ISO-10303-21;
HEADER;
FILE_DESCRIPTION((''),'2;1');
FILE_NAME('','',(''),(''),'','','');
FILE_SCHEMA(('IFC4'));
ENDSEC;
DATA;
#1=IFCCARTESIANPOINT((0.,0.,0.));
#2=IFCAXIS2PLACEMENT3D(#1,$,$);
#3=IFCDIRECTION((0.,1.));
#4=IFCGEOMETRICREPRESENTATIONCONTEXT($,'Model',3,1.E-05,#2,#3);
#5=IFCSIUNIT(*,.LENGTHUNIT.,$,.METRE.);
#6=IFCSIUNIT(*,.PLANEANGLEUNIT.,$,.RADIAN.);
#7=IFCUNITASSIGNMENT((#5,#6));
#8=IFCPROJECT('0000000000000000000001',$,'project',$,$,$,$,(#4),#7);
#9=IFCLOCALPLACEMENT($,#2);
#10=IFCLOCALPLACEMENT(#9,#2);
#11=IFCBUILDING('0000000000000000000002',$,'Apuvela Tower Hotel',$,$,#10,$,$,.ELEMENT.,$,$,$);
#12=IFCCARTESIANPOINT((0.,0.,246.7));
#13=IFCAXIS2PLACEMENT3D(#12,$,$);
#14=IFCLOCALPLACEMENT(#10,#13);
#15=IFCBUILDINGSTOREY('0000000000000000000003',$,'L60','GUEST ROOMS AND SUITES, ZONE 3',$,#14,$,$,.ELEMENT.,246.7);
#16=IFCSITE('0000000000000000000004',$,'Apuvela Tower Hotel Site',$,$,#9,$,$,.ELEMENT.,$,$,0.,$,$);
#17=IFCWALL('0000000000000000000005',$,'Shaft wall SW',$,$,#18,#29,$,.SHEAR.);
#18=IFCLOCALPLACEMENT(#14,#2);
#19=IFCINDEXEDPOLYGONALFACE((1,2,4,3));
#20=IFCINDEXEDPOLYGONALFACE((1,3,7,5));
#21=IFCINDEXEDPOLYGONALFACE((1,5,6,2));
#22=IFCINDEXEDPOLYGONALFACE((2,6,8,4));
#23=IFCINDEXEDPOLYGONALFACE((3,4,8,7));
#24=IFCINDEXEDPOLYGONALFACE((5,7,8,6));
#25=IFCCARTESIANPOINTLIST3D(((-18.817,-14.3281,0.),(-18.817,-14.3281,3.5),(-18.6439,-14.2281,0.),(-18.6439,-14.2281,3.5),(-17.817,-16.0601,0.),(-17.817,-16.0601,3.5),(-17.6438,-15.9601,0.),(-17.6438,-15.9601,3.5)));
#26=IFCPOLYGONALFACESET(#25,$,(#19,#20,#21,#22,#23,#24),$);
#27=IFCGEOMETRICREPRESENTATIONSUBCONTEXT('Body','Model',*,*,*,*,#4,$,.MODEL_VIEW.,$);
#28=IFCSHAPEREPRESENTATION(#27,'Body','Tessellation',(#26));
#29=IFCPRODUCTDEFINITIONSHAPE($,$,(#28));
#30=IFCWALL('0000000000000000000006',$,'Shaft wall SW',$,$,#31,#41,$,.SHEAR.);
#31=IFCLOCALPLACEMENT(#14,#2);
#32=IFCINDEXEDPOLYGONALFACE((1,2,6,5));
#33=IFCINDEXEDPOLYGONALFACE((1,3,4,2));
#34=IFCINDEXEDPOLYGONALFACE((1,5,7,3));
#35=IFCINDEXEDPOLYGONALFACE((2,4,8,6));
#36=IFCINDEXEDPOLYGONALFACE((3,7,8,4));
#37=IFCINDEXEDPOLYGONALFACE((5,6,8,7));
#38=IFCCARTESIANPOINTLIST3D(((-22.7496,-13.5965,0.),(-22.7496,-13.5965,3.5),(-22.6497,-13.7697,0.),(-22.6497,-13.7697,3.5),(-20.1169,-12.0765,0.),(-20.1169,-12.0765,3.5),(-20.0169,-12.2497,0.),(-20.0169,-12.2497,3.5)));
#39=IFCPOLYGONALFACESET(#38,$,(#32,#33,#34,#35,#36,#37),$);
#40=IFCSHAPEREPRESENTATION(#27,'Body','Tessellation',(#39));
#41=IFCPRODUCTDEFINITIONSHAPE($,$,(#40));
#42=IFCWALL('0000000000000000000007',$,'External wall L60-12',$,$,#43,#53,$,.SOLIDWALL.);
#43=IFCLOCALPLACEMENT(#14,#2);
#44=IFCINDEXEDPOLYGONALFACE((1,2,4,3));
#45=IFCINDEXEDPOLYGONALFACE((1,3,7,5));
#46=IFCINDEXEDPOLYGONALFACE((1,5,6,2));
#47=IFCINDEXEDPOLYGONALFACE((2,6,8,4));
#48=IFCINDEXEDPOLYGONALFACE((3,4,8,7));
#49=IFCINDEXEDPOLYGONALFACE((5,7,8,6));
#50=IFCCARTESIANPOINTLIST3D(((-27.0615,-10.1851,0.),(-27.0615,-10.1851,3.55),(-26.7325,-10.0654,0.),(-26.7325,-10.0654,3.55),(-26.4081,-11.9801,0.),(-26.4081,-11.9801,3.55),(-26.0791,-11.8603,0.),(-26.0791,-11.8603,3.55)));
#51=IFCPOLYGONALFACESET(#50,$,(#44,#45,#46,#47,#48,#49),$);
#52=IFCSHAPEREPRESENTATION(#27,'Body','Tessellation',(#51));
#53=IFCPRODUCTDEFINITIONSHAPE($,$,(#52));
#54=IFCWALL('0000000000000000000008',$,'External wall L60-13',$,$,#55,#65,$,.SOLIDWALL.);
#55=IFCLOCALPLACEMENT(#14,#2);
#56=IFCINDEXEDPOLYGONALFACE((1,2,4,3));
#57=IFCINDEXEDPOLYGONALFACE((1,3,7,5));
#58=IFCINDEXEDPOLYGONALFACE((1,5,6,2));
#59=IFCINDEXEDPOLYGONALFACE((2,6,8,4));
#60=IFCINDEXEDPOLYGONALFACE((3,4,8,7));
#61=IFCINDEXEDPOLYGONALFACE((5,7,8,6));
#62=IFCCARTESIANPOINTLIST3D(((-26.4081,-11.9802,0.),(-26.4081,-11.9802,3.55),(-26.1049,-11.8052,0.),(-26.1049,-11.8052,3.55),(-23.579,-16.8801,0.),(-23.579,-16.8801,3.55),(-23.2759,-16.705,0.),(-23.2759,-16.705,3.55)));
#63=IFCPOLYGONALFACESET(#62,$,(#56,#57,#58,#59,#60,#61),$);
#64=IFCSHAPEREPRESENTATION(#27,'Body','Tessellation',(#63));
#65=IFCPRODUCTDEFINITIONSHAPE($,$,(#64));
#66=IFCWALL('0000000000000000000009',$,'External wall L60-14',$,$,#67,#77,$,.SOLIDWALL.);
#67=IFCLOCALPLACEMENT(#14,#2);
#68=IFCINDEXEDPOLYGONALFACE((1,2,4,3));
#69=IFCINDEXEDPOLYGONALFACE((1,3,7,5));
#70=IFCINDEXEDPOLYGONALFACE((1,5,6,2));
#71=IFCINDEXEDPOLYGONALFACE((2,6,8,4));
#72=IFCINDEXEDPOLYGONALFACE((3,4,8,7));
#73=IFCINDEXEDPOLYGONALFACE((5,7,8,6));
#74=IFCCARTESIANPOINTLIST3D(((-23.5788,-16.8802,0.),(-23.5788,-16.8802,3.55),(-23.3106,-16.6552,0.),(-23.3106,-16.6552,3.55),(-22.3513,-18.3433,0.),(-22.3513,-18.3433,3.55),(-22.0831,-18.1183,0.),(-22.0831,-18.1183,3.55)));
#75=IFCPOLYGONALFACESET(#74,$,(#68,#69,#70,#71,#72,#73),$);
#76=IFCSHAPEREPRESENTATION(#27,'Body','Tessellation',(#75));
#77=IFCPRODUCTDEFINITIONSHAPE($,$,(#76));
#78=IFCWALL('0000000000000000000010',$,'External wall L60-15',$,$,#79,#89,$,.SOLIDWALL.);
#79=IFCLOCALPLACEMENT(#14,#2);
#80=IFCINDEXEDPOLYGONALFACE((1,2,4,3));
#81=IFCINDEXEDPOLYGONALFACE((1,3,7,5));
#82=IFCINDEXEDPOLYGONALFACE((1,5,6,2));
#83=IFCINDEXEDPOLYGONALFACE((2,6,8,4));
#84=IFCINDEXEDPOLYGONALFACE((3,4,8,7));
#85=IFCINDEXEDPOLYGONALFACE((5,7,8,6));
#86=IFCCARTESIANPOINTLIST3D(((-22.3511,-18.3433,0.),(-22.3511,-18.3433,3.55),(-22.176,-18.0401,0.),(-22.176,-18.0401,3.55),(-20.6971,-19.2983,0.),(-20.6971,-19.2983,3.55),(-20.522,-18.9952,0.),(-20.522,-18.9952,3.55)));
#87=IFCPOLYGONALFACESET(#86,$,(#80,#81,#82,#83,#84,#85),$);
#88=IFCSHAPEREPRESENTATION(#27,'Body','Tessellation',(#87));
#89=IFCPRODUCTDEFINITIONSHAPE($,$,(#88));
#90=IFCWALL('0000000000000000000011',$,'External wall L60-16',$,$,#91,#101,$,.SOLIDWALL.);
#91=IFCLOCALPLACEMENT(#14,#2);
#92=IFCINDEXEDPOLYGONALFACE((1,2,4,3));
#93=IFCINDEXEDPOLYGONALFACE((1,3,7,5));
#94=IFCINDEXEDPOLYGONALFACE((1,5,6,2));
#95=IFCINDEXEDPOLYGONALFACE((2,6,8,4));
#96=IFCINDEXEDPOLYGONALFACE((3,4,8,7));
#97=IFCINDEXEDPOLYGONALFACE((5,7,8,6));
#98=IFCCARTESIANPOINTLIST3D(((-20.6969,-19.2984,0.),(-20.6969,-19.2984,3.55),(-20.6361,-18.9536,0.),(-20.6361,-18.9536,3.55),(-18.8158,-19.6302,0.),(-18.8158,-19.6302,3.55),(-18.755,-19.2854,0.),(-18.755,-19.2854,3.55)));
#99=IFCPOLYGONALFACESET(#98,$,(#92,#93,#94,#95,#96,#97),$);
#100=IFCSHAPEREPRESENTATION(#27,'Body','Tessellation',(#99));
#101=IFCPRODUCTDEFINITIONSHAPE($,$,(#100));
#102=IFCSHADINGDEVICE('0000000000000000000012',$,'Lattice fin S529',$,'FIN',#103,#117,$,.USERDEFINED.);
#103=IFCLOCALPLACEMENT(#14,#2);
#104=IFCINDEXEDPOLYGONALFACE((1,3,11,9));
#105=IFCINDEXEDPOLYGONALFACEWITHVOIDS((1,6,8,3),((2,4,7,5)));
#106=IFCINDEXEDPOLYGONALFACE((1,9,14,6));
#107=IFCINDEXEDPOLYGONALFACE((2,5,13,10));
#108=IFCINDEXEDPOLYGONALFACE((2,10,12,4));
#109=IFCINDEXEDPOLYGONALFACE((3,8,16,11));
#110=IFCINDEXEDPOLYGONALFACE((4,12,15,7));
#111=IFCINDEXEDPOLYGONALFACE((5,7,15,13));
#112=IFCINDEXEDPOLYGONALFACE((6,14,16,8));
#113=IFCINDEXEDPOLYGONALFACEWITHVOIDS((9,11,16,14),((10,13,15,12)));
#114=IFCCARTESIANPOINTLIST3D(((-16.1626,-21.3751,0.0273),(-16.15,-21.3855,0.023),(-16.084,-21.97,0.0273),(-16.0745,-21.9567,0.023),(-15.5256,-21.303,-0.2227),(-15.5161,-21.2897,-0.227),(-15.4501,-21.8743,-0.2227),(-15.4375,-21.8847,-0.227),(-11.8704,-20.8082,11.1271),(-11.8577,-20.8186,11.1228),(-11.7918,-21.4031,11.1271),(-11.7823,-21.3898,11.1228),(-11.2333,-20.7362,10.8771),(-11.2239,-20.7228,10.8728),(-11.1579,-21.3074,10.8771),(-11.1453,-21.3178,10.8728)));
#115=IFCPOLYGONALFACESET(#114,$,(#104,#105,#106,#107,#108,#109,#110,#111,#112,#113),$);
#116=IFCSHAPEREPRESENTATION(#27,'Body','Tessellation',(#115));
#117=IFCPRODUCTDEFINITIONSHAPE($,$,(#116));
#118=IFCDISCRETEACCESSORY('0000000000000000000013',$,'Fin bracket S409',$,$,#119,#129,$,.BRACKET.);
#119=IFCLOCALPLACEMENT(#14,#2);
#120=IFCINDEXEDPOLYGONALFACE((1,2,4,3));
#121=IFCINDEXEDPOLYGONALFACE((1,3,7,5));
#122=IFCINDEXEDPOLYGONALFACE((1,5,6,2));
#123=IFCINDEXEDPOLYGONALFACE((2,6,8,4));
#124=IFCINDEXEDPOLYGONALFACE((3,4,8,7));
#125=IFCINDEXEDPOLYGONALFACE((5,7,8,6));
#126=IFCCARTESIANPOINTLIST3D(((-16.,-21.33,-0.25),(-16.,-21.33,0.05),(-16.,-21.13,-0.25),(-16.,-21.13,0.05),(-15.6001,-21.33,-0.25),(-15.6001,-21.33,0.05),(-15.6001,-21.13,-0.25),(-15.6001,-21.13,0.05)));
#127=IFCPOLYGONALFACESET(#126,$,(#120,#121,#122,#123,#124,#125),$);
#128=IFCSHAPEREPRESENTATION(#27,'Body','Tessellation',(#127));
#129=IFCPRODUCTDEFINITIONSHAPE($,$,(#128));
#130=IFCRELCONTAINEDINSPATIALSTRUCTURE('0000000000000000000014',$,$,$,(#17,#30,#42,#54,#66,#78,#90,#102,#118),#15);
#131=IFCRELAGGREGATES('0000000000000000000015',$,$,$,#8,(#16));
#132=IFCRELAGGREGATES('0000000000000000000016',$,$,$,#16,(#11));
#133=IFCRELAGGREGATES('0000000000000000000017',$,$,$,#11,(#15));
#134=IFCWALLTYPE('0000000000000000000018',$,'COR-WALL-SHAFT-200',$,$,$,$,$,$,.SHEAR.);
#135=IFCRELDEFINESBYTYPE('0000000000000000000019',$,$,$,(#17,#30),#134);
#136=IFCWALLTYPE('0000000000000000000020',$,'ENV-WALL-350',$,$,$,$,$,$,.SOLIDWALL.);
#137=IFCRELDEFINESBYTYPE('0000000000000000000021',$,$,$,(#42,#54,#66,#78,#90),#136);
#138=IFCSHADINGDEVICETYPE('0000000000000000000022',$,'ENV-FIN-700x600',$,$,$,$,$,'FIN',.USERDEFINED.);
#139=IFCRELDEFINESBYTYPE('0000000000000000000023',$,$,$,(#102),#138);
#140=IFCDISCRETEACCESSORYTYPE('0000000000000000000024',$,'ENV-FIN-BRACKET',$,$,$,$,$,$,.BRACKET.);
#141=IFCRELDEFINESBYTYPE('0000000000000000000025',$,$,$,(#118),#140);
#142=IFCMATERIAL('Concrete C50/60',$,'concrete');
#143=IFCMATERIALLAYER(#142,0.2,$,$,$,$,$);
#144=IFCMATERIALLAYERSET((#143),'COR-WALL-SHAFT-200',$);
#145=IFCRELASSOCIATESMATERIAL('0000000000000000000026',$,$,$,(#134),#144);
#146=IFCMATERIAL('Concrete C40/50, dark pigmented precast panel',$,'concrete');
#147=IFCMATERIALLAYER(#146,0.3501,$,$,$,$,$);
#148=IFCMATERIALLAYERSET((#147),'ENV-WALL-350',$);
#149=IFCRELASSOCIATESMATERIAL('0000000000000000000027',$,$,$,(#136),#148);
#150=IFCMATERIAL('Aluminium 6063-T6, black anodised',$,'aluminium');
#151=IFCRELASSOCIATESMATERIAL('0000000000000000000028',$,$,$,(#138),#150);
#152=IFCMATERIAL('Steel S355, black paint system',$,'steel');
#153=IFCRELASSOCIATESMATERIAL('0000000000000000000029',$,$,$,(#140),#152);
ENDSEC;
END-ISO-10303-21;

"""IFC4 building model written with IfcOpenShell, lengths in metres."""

from ifc_helpers import new_model, si_unit, direction, frame, frame_2d, origin, origin_2d, place, context, subcontext, project, spatial, rectangle, hollow_rectangle, extrude, material, layer, layer_set, material_profile, profile_set, type_object, element, save


model = new_model("IFC4")

# Units and contexts
model_context = context("Model", 3, precision=1e-05, world=origin(), true_north=direction((0.0, 1.0)))
body_context = subcontext(model_context, "Body", "Model", "MODEL_VIEW")
ifc_project = project(units=[si_unit("LENGTHUNIT", "METRE"), si_unit("PLANEANGLEUNIT", "RADIAN")], contexts=[model_context])

# Site, building, storey
site_placement = place(None, origin())
site = spatial("IfcSite", under=ifc_project, at=site_placement, Name="Apuvela Tower Hotel Site", CompositionType="ELEMENT", RefElevation=0.0)
building_placement = place(site_placement, origin())
building = spatial("IfcBuilding", under=site, at=building_placement, Name="Apuvela Tower Hotel", CompositionType="ELEMENT")
storey_placement = place(building_placement, frame((0.0, 0.0, 246.7)))
storey = spatial("IfcBuildingStorey", under=building, at=storey_placement, Name="L60", Description="GUEST ROOMS AND SUITES, ZONE 3", CompositionType="ELEMENT", Elevation=246.7)

# Shared definitions
ifc_material_1 = material(Name="Concrete C50/60", Category="concrete")
ifc_layer_1 = layer(ifc_material_1, 0.2)
ifc_layer_set_1 = layer_set([ifc_layer_1], Name="COR-WALL-SHAFT-200")
wall_type_1 = type_object("IfcWallType", Name="COR-WALL-SHAFT-200", PredefinedType="SHEAR", material=ifc_layer_set_1)

# Walls
wall_1_placement = place(storey_placement, frame((-18.7305, -14.2781, 0.0), z_axis=(0.0, 0.0, 1.0), x_axis=(0.500025, -0.866011, 0.0)))
element("IfcWall", 1, at=wall_1_placement, inside=storey, type_object=wall_type_1, Name="Shaft wall SW", PredefinedType="SHEAR", context=body_context, shape_type="SweptSolid", body=[
    extrude(rectangle(XDim=2.0, YDim=0.2, at=frame_2d((1.0, 0.0))), origin(), (0.0, 0.0, 1.0), 3.5),
])
wall_2_placement = place(storey_placement, frame((-20.0669, -12.1631, 0.0), z_axis=(0.0, 0.0, 1.0), x_axis=(-0.86603, -0.499991, 0.0)))
element("IfcWall", 2, at=wall_2_placement, inside=storey, type_object=wall_type_1, Name="Shaft wall SW", PredefinedType="SHEAR", context=body_context, shape_type="SweptSolid", body=[
    extrude(rectangle(XDim=3.04, YDim=0.2, at=frame_2d((1.52, 0.0))), origin(), (0.0, 0.0, 1.0), 3.5),
])
ifc_material_2 = material(Name="Concrete C40/50, dark pigmented precast panel", Category="concrete")
ifc_layer_2 = layer(ifc_material_2, 0.3501)
ifc_layer_set_2 = layer_set([ifc_layer_2], Name="ENV-WALL-350")
wall_type_2 = type_object("IfcWallType", Name="ENV-WALL-350", PredefinedType="SOLIDWALL", material=ifc_layer_set_2)
wall_3_placement = place(storey_placement, frame((-26.897, -10.1252, 0.0), z_axis=(0.0, 0.0, 1.0), x_axis=(0.34203, -0.939689, 0.0)))
element("IfcWall", 3, at=wall_3_placement, inside=storey, type_object=wall_type_2, Name="External wall L60-12", PredefinedType="SOLIDWALL", context=body_context, shape_type="SweptSolid", body=[
    extrude(rectangle(XDim=1.9102, YDim=0.3501, at=frame_2d((0.9551, 0.0))), origin(), (0.0, 0.0, 1.0), 3.55),
])
wall_4_placement = place(storey_placement, frame((-26.2566, -11.8926, 0.0), z_axis=(0.0, 0.0, 1.0), x_axis=(0.500019, -0.866015, 0.0)))
element("IfcWall", 4, at=wall_4_placement, inside=storey, type_object=wall_type_2, Name="External wall L60-13", PredefinedType="SOLIDWALL", context=body_context, shape_type="SweptSolid", body=[
    extrude(rectangle(XDim=5.658, YDim=0.3501, at=frame_2d((2.8291, 0.0))), origin(), (0.0, 0.0, 1.0), 3.55),
])
for number, where, z_axis, x_axis, name in (
    (5, (-23.4448, -16.7676, 0.0), (0.0, 0.0, 1.0), (0.642733, -0.76609, 0.0), "External wall L60-14"),
    (6, (-22.2637, -18.1917, 0.0), (0.0, 0.0, 1.0), (0.866, -0.500043, 0.0), "External wall L60-15"),
):
    element("IfcWall", number, at=place(storey_placement, frame(where, z_axis=z_axis, x_axis=x_axis)), inside=storey, type_object=wall_type_2, Name=name, PredefinedType="SOLIDWALL", context=body_context, shape_type="SweptSolid", body=[
        extrude(rectangle(XDim=1.9099, YDim=0.3501, at=frame_2d((0.9551, 0.0))), origin(), (0.0, 0.0, 1.0), 3.55),
    ])
wall_5_placement = place(storey_placement, frame((-20.6665, -19.126, 0.0), z_axis=(0.0, 0.0, 1.0), x_axis=(0.984799, -0.173698, 0.0)))
element("IfcWall", 7, at=wall_5_placement, inside=storey, type_object=wall_type_2, Name="External wall L60-16", PredefinedType="SOLIDWALL", context=body_context, shape_type="SweptSolid", body=[
    extrude(rectangle(XDim=1.9102, YDim=0.3501, at=frame_2d((0.9551, 0.0))), origin(), (0.0, 0.0, 1.0), 3.55),
])

# Shading device
ifc_material_3 = material(Name="Aluminium 6063-T6, black anodised", Category="aluminium")
ifc_material_profile_1 = material_profile(ifc_material_3, hollow_rectangle(XDim=0.6001, YDim=0.7, WallThickness=0.012, at=origin_2d()), Name="AL BOX 700x600x12")
ifc_profile_set_1 = profile_set([ifc_material_profile_1], Name="Aluminium 6063-T6, black anodised")
shading_device_type = type_object("IfcShadingDeviceType", Name="ENV-FIN-700x600", ElementType="FIN", PredefinedType="USERDEFINED", material=ifc_profile_set_1)
shading_device_placement = place(storey_placement, frame((-15.8, -21.6299, -0.0999), z_axis=(0.360258, 0.047581, 0.931638), x_axis=(-0.130937, 0.991391, 0.0)))
element("IfcShadingDevice", 8, at=shading_device_placement, inside=storey, type_object=shading_device_type, Name="Lattice fin S529", ObjectType="FIN", PredefinedType="USERDEFINED", context=body_context, shape_type="SweptSolid", body=[
    extrude(hollow_rectangle(XDim=0.6001, YDim=0.7, WallThickness=0.012, at=origin_2d()), origin(), (0.0, 0.0, 1.0), 11.9143),
])

# Discrete accessory
ifc_material_4 = material(Name="Steel S355, black paint system", Category="steel")
discrete_accessory_type = type_object("IfcDiscreteAccessoryType", Name="ENV-FIN-BRACKET", PredefinedType="BRACKET", material=ifc_material_4)
discrete_accessory_placement = place(storey_placement, frame((-15.8, -21.23, -0.25), z_axis=(0.0, 0.0, 1.0), x_axis=(1.0, 0.0, 0.0)))
element("IfcDiscreteAccessory", 9, at=discrete_accessory_placement, inside=storey, type_object=discrete_accessory_type, Name="Fin bracket S409", PredefinedType="BRACKET", context=body_context, shape_type="SweptSolid", body=[
    extrude(rectangle(XDim=0.3999, YDim=0.2, at=origin_2d()), origin(), (0.0, 0.0, 1.0), 0.3),
])

save(model, "model.ifc")
